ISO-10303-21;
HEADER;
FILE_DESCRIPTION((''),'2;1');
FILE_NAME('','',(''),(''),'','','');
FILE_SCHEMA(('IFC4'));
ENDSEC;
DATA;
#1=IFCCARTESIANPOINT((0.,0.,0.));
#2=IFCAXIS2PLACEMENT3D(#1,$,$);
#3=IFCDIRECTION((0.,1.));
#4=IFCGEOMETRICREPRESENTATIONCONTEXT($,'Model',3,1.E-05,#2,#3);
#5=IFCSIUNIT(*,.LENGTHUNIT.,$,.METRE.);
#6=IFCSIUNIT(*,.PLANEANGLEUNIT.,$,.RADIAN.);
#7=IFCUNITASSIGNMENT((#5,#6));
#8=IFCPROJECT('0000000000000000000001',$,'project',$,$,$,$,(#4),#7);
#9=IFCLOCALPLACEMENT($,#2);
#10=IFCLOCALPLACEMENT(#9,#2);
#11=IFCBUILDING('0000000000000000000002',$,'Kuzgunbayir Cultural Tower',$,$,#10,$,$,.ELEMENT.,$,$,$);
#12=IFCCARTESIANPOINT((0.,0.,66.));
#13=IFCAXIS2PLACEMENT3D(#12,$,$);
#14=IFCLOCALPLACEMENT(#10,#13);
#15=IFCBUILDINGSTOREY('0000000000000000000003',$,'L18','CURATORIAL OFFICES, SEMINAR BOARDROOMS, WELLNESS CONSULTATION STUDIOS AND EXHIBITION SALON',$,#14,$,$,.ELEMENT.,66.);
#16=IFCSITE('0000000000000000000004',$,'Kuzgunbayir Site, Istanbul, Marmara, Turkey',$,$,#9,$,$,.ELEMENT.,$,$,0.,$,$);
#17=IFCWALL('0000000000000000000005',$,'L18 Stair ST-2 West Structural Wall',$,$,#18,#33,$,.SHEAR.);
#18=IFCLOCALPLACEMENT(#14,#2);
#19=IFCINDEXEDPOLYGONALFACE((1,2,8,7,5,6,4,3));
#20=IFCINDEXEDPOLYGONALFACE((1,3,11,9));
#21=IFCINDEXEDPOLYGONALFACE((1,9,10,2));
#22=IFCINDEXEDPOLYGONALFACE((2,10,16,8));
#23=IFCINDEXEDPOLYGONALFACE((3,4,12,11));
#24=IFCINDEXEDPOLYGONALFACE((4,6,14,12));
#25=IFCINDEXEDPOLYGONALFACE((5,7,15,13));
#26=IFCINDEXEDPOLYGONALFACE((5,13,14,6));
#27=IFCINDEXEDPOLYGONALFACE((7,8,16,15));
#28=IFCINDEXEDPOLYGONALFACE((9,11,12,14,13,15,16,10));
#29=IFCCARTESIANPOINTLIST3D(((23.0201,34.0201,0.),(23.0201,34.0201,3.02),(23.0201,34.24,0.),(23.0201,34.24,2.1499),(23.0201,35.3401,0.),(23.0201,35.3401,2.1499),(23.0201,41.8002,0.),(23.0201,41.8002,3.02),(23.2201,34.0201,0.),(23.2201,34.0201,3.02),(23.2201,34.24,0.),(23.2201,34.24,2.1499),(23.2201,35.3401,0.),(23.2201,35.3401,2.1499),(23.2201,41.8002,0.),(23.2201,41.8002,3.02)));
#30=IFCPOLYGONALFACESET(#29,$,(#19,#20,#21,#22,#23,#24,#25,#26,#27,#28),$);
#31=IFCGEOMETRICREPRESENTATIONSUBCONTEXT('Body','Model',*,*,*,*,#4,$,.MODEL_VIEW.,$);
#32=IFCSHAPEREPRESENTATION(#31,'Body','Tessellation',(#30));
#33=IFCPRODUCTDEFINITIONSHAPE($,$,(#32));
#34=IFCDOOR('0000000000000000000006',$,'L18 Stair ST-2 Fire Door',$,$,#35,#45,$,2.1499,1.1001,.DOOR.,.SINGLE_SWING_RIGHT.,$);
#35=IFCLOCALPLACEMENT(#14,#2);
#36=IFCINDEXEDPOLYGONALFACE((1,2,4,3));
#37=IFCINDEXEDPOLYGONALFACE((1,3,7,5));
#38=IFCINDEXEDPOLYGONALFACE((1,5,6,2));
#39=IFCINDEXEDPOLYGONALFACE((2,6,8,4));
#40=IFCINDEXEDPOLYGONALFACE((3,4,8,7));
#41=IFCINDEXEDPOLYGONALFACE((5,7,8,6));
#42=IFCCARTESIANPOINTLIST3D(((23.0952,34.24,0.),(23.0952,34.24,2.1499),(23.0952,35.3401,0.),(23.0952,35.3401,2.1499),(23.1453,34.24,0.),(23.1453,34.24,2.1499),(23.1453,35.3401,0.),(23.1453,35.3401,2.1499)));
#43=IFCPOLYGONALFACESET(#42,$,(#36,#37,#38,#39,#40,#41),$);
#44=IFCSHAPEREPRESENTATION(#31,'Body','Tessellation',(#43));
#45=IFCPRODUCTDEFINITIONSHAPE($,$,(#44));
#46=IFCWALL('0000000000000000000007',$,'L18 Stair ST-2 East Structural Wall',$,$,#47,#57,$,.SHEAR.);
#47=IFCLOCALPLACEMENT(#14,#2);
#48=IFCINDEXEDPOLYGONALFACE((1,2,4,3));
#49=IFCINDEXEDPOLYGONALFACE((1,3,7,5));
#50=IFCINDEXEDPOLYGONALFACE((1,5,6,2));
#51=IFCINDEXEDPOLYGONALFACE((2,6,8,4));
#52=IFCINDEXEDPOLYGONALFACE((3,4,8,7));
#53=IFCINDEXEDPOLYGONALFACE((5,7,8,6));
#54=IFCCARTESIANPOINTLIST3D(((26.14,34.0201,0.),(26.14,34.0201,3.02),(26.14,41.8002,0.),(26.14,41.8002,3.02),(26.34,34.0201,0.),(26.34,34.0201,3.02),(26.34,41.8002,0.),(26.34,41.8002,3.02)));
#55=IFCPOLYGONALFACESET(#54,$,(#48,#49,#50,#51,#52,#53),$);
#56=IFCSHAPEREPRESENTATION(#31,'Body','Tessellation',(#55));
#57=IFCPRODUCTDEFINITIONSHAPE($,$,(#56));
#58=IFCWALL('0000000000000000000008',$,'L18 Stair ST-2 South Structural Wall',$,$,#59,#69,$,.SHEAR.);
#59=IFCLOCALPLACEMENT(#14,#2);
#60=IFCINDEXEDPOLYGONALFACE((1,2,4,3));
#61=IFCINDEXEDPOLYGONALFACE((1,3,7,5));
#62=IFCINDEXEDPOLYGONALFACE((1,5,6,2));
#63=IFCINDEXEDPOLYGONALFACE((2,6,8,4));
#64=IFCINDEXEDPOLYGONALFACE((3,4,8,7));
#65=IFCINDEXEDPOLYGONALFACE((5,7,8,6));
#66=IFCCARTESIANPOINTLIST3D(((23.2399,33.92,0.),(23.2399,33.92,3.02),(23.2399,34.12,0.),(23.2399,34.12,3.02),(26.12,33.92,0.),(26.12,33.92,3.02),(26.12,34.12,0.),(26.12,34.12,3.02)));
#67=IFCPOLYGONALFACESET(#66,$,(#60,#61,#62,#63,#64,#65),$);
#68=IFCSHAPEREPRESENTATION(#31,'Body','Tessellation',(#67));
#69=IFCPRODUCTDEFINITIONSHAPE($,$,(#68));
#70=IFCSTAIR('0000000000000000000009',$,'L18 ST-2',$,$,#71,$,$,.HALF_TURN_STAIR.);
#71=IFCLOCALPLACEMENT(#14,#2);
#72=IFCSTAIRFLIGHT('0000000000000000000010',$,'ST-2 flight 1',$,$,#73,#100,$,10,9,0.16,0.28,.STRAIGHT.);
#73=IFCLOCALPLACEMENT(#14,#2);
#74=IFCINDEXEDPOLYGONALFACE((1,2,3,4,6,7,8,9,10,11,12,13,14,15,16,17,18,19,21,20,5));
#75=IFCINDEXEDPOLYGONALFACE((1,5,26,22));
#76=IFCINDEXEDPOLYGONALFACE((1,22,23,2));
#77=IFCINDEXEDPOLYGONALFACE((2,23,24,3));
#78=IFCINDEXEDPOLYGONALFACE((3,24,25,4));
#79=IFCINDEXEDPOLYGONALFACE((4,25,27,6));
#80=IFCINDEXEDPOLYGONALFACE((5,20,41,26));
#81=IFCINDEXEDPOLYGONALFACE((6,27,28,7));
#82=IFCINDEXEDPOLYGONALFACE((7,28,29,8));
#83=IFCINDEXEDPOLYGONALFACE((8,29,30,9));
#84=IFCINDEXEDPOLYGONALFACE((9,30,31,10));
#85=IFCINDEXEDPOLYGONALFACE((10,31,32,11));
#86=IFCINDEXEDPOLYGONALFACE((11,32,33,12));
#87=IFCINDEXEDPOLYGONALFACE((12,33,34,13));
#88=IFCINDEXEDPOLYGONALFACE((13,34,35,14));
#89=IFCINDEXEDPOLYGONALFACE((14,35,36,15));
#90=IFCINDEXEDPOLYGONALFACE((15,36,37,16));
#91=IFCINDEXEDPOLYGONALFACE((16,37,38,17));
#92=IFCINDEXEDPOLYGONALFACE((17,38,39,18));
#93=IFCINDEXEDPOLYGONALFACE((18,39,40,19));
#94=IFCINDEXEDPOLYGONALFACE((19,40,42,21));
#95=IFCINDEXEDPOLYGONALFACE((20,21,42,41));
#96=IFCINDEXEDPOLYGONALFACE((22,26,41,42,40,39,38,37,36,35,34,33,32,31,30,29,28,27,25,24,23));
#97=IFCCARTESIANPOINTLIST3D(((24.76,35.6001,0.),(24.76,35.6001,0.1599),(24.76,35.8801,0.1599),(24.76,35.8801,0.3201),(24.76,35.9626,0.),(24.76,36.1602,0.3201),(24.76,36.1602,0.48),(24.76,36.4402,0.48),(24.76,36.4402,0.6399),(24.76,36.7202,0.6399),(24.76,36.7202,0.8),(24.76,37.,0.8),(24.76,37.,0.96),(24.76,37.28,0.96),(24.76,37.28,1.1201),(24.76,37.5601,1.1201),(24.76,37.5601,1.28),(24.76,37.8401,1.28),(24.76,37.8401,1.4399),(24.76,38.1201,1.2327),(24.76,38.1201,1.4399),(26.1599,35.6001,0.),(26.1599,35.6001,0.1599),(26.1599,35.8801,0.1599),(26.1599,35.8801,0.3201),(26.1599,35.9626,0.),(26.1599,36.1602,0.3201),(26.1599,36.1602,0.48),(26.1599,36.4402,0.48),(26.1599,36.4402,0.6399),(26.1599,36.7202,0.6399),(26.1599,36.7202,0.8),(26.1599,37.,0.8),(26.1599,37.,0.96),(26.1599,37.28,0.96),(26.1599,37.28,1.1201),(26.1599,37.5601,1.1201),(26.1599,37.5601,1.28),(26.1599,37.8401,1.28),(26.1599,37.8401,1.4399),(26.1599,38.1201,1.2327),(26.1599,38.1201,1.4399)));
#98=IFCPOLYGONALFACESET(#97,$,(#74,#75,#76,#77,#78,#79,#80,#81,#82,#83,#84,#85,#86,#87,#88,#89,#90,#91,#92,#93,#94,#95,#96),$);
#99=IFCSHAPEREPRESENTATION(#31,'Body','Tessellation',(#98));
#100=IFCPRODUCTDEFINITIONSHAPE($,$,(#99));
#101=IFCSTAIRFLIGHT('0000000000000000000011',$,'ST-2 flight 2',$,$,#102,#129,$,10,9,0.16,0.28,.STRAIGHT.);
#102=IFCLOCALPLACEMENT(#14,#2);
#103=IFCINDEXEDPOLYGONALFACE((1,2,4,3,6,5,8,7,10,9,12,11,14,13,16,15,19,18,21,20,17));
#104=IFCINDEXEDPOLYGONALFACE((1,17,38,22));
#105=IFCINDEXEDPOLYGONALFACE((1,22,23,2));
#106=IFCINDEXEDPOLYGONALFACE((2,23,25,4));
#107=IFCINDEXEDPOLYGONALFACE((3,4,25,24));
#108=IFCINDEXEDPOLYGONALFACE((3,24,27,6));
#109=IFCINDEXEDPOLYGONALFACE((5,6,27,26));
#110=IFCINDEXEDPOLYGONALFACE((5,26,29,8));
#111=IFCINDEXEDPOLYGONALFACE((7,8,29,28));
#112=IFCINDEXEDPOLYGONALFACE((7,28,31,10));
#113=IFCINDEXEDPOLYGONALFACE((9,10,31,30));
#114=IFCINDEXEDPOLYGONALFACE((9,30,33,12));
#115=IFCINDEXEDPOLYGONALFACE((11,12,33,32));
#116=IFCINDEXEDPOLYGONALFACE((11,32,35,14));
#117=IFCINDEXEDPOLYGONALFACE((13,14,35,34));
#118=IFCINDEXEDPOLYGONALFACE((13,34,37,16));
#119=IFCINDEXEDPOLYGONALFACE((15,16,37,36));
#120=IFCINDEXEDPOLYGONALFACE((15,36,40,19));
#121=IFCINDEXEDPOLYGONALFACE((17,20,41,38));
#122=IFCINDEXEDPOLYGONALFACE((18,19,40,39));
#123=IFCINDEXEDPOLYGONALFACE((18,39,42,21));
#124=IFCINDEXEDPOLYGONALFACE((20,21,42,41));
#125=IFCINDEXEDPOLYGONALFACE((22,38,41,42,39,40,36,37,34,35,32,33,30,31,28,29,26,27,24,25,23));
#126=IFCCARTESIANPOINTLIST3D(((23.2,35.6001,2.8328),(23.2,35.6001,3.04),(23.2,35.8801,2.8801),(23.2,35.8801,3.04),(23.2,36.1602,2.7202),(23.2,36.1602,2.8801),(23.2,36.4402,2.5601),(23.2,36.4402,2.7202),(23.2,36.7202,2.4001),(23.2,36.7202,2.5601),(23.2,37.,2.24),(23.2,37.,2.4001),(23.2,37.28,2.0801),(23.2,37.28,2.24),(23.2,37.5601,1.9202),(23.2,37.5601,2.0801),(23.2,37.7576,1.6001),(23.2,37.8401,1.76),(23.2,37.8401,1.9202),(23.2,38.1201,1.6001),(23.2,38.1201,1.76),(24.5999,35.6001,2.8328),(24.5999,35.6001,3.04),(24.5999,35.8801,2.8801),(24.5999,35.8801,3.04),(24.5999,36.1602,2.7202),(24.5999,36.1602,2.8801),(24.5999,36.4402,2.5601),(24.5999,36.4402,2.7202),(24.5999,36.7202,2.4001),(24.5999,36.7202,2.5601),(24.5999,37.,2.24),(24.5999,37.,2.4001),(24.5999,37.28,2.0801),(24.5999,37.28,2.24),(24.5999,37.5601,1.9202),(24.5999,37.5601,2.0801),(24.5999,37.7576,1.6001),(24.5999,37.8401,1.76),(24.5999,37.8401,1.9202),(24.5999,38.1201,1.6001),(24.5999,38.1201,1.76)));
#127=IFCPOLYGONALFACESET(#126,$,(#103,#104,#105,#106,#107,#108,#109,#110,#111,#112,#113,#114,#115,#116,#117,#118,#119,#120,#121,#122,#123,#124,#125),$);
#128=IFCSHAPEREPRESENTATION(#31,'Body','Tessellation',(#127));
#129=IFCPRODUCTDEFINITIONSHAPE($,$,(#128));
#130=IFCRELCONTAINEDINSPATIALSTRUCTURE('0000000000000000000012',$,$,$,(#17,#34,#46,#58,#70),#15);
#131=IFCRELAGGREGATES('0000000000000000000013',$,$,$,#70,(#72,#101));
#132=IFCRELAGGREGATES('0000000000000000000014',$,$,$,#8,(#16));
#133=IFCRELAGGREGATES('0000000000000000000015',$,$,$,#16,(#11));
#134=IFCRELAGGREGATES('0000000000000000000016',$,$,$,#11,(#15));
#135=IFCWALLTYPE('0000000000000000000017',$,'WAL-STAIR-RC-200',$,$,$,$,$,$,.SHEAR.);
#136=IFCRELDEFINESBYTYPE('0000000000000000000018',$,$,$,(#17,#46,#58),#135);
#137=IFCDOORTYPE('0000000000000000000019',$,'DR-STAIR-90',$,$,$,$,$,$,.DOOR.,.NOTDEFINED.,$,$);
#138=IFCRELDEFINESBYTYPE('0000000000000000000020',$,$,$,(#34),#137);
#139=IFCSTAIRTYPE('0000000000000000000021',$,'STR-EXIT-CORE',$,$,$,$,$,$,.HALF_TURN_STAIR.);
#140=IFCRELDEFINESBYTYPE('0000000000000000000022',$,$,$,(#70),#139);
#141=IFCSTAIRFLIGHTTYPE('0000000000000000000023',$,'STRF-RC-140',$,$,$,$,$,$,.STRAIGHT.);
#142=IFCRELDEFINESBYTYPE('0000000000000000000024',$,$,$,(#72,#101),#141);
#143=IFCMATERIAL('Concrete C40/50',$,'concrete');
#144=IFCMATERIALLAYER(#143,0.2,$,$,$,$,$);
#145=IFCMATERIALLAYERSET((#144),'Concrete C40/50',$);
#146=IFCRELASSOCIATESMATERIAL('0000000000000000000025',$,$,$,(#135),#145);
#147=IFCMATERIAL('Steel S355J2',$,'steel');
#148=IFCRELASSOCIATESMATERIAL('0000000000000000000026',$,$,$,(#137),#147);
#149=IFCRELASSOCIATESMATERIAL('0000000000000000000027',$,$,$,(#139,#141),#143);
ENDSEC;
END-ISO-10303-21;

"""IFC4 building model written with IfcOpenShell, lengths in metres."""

from ifc_helpers import new_model, si_unit, direction, frame, frame_2d, origin, place, context, subcontext, project, spatial, polyline, rectangle, outline, extrude, material, layer, layer_set, type_object, element, fill, aggregate, save


model = new_model("IFC4")

# Units and contexts
model_context = context("Model", 3, precision=1e-05, world=origin(), true_north=direction((0.0, 1.0)))
body_context = subcontext(model_context, "Body", "Model", "MODEL_VIEW")
ifc_project = project(units=[si_unit("LENGTHUNIT", "METRE"), si_unit("PLANEANGLEUNIT", "RADIAN")], contexts=[model_context])

# Site, building, storey
site_placement = place(None, origin())
site = spatial("IfcSite", under=ifc_project, at=site_placement, Name="Kuzgunbayir Site, Istanbul, Marmara, Turkey", CompositionType="ELEMENT", RefElevation=0.0)
building_placement = place(site_placement, origin())
building = spatial("IfcBuilding", under=site, at=building_placement, Name="Kuzgunbayir Cultural Tower", CompositionType="ELEMENT")
storey_placement = place(building_placement, frame((0.0, 0.0, 66.0)))
storey = spatial("IfcBuildingStorey", under=building, at=storey_placement, Name="L18", Description="CURATORIAL OFFICES, SEMINAR BOARDROOMS, WELLNESS CONSULTATION STUDIOS AND EXHIBITION SALON", CompositionType="ELEMENT", Elevation=66.0)

# Shared definitions
ifc_material_1 = material(Name="Steel S355J2", Category="steel")

# Shared definitions
ifc_material_2 = material(Name="Concrete C40/50", Category="concrete")

# Wall, opening, door
ifc_layer_1 = layer(ifc_material_2, 0.2)
ifc_layer_set_1 = layer_set([ifc_layer_1], Name="Concrete C40/50")
wall_type_1 = type_object("IfcWallType", Name="WAL-STAIR-RC-200", PredefinedType="SHEAR", material=ifc_layer_set_1)
wall_1_placement = place(storey_placement, frame((23.1201, 34.02, 0.0), z_axis=(0.0, 0.0, 1.0), x_axis=(0.0, 1.0, 0.0)))
wall_1 = element("IfcWall", 1, at=wall_1_placement, inside=storey, type_object=wall_type_1, Name="L18 Stair ST-2 West Structural Wall", PredefinedType="SHEAR", context=body_context, shape_type="SweptSolid", body=[
    extrude(rectangle(XDim=7.78, YDim=0.2, at=frame_2d((3.8901, 0.0))), origin(), (0.0, 0.0, 1.0), 3.02),
])
opening_1_placement = place(wall_1_placement, frame((0.22, 0.0, 0.0)))
opening_1 = element("IfcOpeningElement", 2, at=opening_1_placement, cuts=wall_1, PredefinedType="OPENING", context=body_context, shape_type="SweptSolid", body=[
    extrude(rectangle(XDim=1.1001, YDim=2.1499, at=frame_2d((0.55, 1.075))), frame((0.0, 0.1099, 0.0), z_axis=(0.0, -1.0, 0.0), x_axis=(1.0, 0.0, 0.0)), (0.0, 0.0, 1.0), 0.22),
])
door_type_1 = type_object("IfcDoorType", Name="DR-STAIR-90", OperationType="NOTDEFINED", PredefinedType="DOOR", material=ifc_material_1)
door_1_placement = place(opening_1_placement, origin())
door_1 = element("IfcDoor", 3, at=door_1_placement, inside=storey, type_object=door_type_1, Name="L18 Stair ST-2 Fire Door", OperationType="SINGLE_SWING_RIGHT", OverallHeight=2.1499, OverallWidth=1.1001, PredefinedType="DOOR", context=body_context, shape_type="SweptSolid", body=[
    extrude(rectangle(XDim=1.1001, YDim=2.1499, at=frame_2d((0.55, 1.075))), frame((0.0, 0.0249, 0.0), z_axis=(0.0, -1.0, 0.0), x_axis=(1.0, 0.0, 0.0)), (0.0, 0.0, 1.0), 0.05),
])
fill(opening_1, door_1)

# Walls
wall_2_placement = place(storey_placement, frame((26.24, 34.02, 0.0), z_axis=(0.0, 0.0, 1.0), x_axis=(0.0, 1.0, 0.0)))
element("IfcWall", 4, at=wall_2_placement, inside=storey, type_object=wall_type_1, Name="L18 Stair ST-2 East Structural Wall", PredefinedType="SHEAR", context=body_context, shape_type="SweptSolid", body=[
    extrude(rectangle(XDim=7.78, YDim=0.2, at=frame_2d((3.8901, 0.0))), origin(), (0.0, 0.0, 1.0), 3.02),
])
wall_3_placement = place(storey_placement, frame((23.24, 34.02, 0.0), z_axis=(0.0, 0.0, 1.0), x_axis=(1.0, 0.0, 0.0)))
element("IfcWall", 5, at=wall_3_placement, inside=storey, type_object=wall_type_1, Name="L18 Stair ST-2 South Structural Wall", PredefinedType="SHEAR", context=body_context, shape_type="SweptSolid", body=[
    extrude(rectangle(XDim=2.8801, YDim=0.2, at=frame_2d((1.4399, 0.0))), origin(), (0.0, 0.0, 1.0), 3.02),
])

# Stair, stair flights
stair_type = type_object("IfcStairType", Name="STR-EXIT-CORE", PredefinedType="HALF_TURN_STAIR", material=ifc_material_2)
stair_placement = place(storey_placement, origin())
stair = element("IfcStair", 6, at=stair_placement, inside=storey, type_object=stair_type, Name="L18 ST-2", PredefinedType="HALF_TURN_STAIR")
stair_flight_type = type_object("IfcStairFlightType", Name="STRF-RC-140", PredefinedType="STRAIGHT", material=ifc_material_2)
stair_flight_1_placement = place(storey_placement, frame((25.46, 35.6001, 0.0), z_axis=(0.0, 0.0, 1.0), x_axis=(0.0, 1.0, 0.0)))
stair_flight_1 = element("IfcStairFlight", 7, at=stair_flight_1_placement, type_object=stair_flight_type, Name="ST-2 flight 1", NumberOfRisers=10, NumberOfTreads=9, PredefinedType="STRAIGHT", RiserHeight=0.16, TreadLength=0.28, context=body_context, shape_type="SweptSolid", body=[
    extrude(outline(polyline([(0.0, 0.0), (0.0, 0.1599), (0.28, 0.1599), (0.28, 0.3201), (0.5601, 0.3201), (0.5601, 0.48), (0.8401, 0.48), (0.8401, 0.6399), (1.1201, 0.6399), (1.1201, 0.8), (1.3999, 0.8), (1.3999, 0.96), (1.6799, 0.96), (1.6799, 1.1201), (1.96, 1.1201), (1.96, 1.28), (2.24, 1.28), (2.24, 1.4399), (2.52, 1.4399), (2.52, 1.6001), (2.52, 1.2327), (0.3625, 0.0), (0.0, 0.0)])), frame((0.0, 0.7, 0.0), z_axis=(0.0, -1.0, 0.0), x_axis=(1.0, 0.0, 0.0)), (0.0, 0.0, 1.0), 1.3999),
])
stair_flight_2_placement = place(storey_placement, frame((23.8999, 38.1201, 1.6001), z_axis=(0.0, 0.0, 1.0), x_axis=(0.0, -1.0, 0.0)))
stair_flight_2 = element("IfcStairFlight", 8, at=stair_flight_2_placement, type_object=stair_flight_type, Name="ST-2 flight 2", NumberOfRisers=10, NumberOfTreads=9, PredefinedType="STRAIGHT", RiserHeight=0.16, TreadLength=0.28, context=body_context, shape_type="SweptSolid", body=[
    extrude(outline(polyline([(0.0, 0.0), (0.0, 0.1599), (0.28, 0.1599), (0.28, 0.3201), (0.5601, 0.3201), (0.5601, 0.48), (0.8401, 0.48), (0.8401, 0.6399), (1.1201, 0.6399), (1.1201, 0.8), (1.3999, 0.8), (1.3999, 0.96), (1.6799, 0.96), (1.6799, 1.1201), (1.96, 1.1201), (1.96, 1.28), (2.24, 1.28), (2.24, 1.4399), (2.52, 1.4399), (2.52, 1.6001), (2.52, 1.2327), (0.3625, 0.0), (0.0, 0.0)])), frame((0.0, 0.7, 0.0), z_axis=(0.0, -1.0, 0.0), x_axis=(1.0, 0.0, 0.0)), (0.0, 0.0, 1.0), 1.3999),
])
aggregate(stair, [stair_flight_1, stair_flight_2])

save(model, "model.ifc")
